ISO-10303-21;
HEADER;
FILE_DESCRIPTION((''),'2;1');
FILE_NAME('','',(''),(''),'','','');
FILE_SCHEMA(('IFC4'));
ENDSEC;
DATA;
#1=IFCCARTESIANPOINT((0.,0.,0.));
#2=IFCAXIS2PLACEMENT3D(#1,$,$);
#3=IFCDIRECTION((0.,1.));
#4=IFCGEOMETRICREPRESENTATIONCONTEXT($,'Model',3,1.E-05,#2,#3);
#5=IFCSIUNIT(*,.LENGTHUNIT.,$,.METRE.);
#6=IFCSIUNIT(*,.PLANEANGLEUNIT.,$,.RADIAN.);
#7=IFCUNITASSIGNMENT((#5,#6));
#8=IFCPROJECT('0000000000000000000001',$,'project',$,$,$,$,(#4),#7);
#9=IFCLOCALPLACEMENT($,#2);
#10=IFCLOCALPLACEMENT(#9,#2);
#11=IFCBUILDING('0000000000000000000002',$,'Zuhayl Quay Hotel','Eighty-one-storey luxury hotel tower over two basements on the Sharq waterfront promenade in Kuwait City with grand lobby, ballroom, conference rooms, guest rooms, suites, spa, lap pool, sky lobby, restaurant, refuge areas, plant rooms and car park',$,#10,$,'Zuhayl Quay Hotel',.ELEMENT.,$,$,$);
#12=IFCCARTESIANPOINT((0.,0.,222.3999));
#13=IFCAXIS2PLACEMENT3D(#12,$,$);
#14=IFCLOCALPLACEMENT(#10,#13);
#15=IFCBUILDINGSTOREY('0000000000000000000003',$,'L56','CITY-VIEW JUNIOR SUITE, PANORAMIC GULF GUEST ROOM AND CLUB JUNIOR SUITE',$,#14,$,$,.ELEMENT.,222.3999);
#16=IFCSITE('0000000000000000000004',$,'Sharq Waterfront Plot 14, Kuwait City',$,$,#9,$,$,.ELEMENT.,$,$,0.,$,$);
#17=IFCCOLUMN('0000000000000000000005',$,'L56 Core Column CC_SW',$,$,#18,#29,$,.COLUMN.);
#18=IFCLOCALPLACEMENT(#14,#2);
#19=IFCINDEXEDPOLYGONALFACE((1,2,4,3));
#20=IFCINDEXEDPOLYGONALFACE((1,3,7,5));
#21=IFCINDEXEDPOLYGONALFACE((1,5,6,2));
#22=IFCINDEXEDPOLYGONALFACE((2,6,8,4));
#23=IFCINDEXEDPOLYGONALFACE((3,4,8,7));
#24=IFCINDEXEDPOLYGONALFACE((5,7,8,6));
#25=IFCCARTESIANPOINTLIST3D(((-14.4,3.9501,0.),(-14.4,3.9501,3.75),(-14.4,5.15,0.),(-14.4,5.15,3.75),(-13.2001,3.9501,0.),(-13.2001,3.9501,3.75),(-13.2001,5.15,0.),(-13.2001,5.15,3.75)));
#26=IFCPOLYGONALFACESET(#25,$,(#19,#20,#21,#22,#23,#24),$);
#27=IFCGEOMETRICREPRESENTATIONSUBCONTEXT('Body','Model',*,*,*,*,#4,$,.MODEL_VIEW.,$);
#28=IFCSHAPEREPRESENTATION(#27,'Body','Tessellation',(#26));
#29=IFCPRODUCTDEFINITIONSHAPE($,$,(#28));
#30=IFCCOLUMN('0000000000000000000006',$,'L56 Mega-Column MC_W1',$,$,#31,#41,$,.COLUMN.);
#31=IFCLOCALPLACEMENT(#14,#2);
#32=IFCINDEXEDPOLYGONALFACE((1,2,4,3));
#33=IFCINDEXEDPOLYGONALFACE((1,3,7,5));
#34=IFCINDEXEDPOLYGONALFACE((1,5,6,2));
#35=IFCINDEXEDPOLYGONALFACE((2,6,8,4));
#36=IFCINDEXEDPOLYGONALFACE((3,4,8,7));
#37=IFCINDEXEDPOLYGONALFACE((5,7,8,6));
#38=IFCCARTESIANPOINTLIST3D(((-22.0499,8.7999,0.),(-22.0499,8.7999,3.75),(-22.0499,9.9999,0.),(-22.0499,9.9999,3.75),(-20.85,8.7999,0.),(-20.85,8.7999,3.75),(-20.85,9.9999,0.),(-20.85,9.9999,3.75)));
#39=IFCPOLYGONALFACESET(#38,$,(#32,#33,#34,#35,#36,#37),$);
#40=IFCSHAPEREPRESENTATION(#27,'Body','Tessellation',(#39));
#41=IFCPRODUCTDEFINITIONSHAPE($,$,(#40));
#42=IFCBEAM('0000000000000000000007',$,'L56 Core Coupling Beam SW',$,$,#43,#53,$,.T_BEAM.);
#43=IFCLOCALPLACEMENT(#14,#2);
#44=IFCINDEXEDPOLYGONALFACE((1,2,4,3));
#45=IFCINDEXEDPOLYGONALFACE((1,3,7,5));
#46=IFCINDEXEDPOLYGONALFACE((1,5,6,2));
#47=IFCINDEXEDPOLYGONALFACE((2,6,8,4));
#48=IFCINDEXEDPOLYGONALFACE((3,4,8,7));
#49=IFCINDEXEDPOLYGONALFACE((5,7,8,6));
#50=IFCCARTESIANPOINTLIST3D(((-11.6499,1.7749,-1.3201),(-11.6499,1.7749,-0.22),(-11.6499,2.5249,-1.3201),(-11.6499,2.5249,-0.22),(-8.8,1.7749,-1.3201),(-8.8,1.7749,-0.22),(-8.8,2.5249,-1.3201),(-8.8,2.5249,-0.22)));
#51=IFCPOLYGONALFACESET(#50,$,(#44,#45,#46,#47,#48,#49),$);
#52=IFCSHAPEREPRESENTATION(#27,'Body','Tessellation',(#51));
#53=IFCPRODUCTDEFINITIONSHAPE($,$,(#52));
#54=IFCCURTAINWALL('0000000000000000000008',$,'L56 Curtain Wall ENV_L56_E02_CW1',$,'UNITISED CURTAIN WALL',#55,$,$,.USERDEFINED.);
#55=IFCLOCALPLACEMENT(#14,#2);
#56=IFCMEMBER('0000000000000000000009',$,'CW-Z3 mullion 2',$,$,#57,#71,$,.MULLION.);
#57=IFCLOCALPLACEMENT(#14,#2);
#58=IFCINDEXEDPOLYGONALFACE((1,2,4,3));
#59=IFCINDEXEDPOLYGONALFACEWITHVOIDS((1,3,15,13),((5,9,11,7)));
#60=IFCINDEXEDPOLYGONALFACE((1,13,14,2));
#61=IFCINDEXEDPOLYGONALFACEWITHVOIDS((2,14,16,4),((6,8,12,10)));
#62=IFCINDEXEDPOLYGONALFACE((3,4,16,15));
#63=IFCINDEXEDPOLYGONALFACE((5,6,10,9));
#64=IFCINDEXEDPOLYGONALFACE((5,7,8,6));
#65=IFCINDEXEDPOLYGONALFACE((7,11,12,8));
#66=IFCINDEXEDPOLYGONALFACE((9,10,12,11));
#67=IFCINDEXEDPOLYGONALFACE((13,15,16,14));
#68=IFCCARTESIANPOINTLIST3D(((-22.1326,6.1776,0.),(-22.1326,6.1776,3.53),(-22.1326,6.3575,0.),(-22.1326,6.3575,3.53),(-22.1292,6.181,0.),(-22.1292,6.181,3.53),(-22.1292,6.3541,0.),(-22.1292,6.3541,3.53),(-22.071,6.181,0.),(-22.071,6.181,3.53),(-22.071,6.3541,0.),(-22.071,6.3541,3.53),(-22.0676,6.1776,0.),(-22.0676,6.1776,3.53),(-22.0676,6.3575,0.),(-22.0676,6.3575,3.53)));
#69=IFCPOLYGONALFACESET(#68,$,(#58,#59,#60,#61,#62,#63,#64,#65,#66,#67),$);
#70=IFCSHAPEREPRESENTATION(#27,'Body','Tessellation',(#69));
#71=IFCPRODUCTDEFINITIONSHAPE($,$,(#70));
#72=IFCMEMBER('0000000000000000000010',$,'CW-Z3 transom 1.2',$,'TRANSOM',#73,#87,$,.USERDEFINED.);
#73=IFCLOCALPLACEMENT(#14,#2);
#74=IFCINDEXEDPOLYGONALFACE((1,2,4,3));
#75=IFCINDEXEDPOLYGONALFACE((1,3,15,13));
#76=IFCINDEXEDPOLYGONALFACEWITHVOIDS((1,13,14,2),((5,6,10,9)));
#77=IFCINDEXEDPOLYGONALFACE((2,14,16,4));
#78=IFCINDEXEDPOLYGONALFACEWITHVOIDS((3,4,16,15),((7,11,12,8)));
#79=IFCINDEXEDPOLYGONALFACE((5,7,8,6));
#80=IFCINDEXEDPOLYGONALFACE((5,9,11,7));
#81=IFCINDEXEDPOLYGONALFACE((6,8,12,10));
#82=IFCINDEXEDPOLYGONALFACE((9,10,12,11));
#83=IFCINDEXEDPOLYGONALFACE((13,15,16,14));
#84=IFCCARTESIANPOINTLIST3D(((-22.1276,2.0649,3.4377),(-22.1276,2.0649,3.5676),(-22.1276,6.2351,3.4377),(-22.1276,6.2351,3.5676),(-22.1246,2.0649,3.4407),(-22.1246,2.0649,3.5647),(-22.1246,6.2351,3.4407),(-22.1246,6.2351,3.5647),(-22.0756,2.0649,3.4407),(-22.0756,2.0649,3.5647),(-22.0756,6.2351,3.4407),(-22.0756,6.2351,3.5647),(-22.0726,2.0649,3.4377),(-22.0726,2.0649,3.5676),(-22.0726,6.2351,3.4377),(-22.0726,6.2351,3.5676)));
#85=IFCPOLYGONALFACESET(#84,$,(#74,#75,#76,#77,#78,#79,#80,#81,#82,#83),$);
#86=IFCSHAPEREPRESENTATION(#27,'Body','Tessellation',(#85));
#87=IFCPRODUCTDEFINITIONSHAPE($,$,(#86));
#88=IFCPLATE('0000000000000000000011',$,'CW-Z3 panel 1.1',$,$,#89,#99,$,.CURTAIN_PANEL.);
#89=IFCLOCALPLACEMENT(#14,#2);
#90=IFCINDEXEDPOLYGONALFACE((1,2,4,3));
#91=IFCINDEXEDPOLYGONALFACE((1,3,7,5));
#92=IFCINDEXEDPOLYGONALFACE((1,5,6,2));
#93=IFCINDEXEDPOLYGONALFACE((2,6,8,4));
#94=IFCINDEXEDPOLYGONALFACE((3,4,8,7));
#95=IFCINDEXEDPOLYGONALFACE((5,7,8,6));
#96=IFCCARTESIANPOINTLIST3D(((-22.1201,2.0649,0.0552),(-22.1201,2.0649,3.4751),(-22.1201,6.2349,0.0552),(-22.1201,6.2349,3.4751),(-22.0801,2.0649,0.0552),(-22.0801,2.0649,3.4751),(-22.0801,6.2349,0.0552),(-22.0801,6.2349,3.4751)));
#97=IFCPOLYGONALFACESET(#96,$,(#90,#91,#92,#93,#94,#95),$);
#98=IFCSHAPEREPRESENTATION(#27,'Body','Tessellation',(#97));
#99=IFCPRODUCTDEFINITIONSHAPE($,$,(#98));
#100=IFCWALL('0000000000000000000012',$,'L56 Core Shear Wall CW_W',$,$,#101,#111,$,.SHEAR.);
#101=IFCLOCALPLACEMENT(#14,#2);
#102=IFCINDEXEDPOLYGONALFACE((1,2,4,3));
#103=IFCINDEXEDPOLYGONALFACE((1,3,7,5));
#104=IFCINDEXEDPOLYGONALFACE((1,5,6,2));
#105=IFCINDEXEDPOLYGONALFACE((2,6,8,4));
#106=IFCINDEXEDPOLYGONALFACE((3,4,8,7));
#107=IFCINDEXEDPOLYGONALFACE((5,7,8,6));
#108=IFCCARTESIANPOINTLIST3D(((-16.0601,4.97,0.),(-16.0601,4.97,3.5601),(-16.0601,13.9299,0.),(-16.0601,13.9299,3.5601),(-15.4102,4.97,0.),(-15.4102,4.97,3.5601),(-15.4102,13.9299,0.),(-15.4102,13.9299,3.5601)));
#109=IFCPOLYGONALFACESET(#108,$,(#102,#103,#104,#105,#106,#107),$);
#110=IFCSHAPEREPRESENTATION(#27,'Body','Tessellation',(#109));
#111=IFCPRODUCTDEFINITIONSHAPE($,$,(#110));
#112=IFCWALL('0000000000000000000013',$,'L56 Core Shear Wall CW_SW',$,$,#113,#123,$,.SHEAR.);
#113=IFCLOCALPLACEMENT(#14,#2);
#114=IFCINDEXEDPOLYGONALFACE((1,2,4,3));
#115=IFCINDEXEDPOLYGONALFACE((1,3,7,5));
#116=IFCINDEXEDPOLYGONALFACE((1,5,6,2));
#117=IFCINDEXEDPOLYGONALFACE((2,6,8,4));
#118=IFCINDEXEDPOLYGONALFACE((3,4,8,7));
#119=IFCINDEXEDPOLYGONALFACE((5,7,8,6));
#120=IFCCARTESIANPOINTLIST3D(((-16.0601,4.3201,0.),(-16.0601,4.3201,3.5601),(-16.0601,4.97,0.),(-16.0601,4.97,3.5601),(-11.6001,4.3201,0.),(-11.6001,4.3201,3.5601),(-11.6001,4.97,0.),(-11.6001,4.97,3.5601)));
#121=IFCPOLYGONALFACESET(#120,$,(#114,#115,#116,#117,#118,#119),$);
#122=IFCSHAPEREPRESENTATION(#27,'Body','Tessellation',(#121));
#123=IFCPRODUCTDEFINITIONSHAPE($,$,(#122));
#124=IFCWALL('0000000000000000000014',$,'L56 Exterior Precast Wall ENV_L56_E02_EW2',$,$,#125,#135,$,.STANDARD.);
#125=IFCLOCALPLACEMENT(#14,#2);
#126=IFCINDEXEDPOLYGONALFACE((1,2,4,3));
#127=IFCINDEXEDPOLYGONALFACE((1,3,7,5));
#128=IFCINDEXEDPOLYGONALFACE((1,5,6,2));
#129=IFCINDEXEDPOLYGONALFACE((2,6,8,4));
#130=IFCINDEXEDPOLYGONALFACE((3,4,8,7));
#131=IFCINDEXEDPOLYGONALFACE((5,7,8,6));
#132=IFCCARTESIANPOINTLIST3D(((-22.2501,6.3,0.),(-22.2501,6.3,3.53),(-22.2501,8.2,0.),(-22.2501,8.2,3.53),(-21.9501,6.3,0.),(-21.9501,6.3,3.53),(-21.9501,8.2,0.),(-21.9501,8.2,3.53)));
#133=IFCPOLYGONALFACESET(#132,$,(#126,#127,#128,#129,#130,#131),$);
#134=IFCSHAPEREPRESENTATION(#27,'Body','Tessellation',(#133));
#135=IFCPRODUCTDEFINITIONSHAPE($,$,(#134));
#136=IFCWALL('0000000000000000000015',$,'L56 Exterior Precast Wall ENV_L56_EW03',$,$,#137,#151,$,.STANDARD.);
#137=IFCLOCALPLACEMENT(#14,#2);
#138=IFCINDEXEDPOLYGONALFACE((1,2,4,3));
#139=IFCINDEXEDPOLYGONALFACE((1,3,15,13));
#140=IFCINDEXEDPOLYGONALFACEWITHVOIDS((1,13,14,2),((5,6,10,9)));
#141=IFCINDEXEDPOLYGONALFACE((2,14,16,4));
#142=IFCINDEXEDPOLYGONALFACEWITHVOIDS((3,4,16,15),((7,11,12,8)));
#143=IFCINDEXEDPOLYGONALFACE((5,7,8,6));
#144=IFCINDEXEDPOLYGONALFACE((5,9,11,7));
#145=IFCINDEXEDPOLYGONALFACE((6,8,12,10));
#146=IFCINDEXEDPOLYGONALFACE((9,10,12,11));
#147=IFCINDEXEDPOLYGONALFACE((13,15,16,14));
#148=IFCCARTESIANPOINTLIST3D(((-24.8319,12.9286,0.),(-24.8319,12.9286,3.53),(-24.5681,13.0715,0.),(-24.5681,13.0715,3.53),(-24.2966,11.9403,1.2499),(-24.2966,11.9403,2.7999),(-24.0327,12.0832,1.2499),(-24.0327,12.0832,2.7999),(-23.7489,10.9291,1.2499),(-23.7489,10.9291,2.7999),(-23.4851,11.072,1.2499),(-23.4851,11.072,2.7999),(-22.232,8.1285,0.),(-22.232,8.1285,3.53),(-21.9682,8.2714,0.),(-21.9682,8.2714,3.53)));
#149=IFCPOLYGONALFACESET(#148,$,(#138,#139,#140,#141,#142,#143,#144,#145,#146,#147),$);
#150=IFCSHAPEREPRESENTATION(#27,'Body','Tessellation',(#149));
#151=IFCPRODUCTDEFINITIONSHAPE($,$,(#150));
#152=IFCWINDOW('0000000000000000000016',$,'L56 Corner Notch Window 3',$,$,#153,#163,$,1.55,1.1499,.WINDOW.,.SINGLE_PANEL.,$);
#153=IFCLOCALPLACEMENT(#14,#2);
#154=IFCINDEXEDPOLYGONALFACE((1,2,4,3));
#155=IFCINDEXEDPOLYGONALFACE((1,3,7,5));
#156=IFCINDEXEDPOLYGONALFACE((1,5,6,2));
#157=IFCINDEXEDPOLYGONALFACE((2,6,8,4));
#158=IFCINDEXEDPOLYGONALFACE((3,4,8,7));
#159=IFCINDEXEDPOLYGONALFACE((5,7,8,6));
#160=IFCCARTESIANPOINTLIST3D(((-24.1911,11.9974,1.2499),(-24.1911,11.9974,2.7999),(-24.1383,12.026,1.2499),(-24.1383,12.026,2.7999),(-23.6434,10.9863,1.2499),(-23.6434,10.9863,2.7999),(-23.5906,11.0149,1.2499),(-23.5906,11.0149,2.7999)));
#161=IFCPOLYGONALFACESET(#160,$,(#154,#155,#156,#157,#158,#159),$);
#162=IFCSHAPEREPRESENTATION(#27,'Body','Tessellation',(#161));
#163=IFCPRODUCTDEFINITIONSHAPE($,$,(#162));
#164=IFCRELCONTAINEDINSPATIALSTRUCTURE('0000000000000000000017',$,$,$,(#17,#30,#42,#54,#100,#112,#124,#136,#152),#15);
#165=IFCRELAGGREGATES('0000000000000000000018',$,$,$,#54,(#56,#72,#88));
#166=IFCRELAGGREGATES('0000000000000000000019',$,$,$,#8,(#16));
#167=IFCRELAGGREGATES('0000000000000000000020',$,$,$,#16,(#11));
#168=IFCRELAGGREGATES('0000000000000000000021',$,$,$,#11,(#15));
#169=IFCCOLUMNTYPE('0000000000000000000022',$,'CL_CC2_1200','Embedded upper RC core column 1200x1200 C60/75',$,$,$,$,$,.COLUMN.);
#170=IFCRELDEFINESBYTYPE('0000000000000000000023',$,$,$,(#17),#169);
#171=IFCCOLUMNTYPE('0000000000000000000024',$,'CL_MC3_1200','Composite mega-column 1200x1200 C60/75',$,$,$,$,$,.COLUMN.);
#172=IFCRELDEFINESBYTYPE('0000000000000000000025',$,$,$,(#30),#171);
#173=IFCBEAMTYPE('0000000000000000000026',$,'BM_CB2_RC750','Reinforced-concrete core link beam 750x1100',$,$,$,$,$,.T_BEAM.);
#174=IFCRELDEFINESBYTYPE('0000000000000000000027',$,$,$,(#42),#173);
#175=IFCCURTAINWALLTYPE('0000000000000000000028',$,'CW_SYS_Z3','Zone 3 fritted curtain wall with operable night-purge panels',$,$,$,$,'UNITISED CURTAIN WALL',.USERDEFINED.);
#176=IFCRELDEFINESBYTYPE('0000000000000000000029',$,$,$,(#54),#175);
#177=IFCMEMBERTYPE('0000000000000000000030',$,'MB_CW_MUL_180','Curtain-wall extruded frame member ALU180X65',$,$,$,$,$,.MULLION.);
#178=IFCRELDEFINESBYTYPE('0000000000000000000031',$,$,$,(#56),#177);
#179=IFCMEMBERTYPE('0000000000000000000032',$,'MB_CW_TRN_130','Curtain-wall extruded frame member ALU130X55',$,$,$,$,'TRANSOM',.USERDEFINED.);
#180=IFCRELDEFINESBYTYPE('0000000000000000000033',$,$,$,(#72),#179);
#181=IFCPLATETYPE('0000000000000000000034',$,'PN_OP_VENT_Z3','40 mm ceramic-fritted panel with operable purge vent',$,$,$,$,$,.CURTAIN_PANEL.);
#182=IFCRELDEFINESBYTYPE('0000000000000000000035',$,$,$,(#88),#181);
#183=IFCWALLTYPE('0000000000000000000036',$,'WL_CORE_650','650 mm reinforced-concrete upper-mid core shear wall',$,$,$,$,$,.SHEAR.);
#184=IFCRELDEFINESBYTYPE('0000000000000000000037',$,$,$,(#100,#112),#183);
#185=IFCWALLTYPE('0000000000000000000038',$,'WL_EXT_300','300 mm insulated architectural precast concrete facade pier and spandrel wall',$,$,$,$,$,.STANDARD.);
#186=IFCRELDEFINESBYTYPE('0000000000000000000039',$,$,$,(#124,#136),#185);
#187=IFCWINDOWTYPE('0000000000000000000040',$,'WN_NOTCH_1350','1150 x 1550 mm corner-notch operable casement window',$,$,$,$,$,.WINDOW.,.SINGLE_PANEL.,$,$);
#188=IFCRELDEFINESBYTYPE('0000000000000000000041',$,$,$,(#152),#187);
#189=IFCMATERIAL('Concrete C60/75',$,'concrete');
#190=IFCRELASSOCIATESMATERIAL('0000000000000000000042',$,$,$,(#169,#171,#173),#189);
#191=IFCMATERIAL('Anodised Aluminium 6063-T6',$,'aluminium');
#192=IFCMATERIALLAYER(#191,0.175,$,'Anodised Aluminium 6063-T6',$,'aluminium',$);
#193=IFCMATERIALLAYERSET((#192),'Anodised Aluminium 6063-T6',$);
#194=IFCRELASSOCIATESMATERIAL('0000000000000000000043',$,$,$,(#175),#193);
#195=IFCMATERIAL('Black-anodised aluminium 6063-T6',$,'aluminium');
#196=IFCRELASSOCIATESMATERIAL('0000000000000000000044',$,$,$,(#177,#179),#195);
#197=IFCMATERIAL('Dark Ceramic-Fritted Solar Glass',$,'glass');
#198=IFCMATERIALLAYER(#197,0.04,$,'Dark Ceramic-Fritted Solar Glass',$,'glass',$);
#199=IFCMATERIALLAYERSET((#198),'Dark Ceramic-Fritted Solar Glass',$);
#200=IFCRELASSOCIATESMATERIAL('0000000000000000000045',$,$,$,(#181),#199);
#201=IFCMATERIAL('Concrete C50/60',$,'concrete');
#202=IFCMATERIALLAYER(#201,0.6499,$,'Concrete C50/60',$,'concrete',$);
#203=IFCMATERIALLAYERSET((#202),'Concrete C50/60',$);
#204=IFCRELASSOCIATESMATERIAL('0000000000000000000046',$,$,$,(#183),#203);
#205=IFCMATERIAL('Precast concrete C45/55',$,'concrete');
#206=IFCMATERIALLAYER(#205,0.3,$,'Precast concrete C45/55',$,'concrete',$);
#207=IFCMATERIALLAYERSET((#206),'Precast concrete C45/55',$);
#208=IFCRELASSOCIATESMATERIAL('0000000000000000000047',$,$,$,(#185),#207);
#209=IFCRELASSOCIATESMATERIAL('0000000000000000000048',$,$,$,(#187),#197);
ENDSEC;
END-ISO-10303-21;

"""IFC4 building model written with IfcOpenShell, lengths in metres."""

from ifc_helpers import new_model, si_unit, direction, frame, frame_2d, origin, origin_2d, place, context, subcontext, project, spatial, rectangle, hollow_rectangle, extrude, material, layer, layer_set, material_profile, profile_set, type_object, element, fill, aggregate, save


model = new_model("IFC4")

# Units and contexts
model_context = context("Model", 3, precision=1e-05, world=origin(), true_north=direction((0.0, 1.0)))
body_context = subcontext(model_context, "Body", "Model", "MODEL_VIEW")
ifc_project = project(units=[si_unit("LENGTHUNIT", "METRE"), si_unit("PLANEANGLEUNIT", "RADIAN")], contexts=[model_context])

# Site, building, storey
site_placement = place(None, origin())
site = spatial("IfcSite", under=ifc_project, at=site_placement, Name="Sharq Waterfront Plot 14, Kuwait City", CompositionType="ELEMENT", RefElevation=0.0)
building_placement = place(site_placement, origin())
building = spatial("IfcBuilding", under=site, at=building_placement, Name="Zuhayl Quay Hotel", Description="Eighty-one-storey luxury hotel tower over two basements on the Sharq waterfront promenade in Kuwait City with grand lobby, ballroom, conference rooms, guest rooms, suites, spa, lap pool, sky lobby, restaurant, refuge areas, plant rooms and car park", LongName="Zuhayl Quay Hotel", CompositionType="ELEMENT")
storey_placement = place(building_placement, frame((0.0, 0.0, 222.3999)))
storey = spatial("IfcBuildingStorey", under=building, at=storey_placement, Name="L56", Description="CITY-VIEW JUNIOR SUITE, PANORAMIC GULF GUEST ROOM AND CLUB JUNIOR SUITE", CompositionType="ELEMENT", Elevation=222.3999)

# Columns
ifc_material_1 = material(Name="Concrete C60/75", Category="concrete")
ifc_material_profile_1 = material_profile(ifc_material_1, rectangle(XDim=1.2, YDim=1.2, at=origin_2d()), Name="RC1200X1200")
ifc_profile_set_1 = profile_set([ifc_material_profile_1], Name="Concrete C60/75")
column_type_1 = type_object("IfcColumnType", Name="CL_CC2_1200", Description="Embedded upper RC core column 1200x1200 C60/75", PredefinedType="COLUMN", material=ifc_profile_set_1)
column_1_placement = place(storey_placement, frame((-13.8, 4.55, 0.0), z_axis=(0.0, 0.0, 1.0), x_axis=(1.0, 0.0, 0.0)))
element("IfcColumn", 1, at=column_1_placement, inside=storey, type_object=column_type_1, Name="L56 Core Column CC_SW", PredefinedType="COLUMN", context=body_context, shape_type="SweptSolid", body=[
    extrude(rectangle(XDim=1.2, YDim=1.2, at=origin_2d()), origin(), (0.0, 0.0, 1.0), 3.75),
])
ifc_material_profile_2 = material_profile(ifc_material_1, rectangle(XDim=1.2, YDim=1.2, at=origin_2d()), Name="RC1200X1200")
ifc_profile_set_2 = profile_set([ifc_material_profile_2], Name="Concrete C60/75")
column_type_2 = type_object("IfcColumnType", Name="CL_MC3_1200", Description="Composite mega-column 1200x1200 C60/75", PredefinedType="COLUMN", material=ifc_profile_set_2)
column_2_placement = place(storey_placement, frame((-21.45, 9.3999, 0.0), z_axis=(0.0, 0.0, 1.0), x_axis=(1.0, 0.0, 0.0)))
element("IfcColumn", 2, at=column_2_placement, inside=storey, type_object=column_type_2, Name="L56 Mega-Column MC_W1", PredefinedType="COLUMN", context=body_context, shape_type="SweptSolid", body=[
    extrude(rectangle(XDim=1.2, YDim=1.2, at=origin_2d()), origin(), (0.0, 0.0, 1.0), 3.75),
])

# Beam
ifc_material_profile_3 = material_profile(ifc_material_1, rectangle(XDim=0.75, YDim=1.1001, at=origin_2d()), Name="RC750X1100")
ifc_profile_set_3 = profile_set([ifc_material_profile_3], Name="Concrete C60/75")
beam_type = type_object("IfcBeamType", Name="BM_CB2_RC750", Description="Reinforced-concrete core link beam 750x1100", PredefinedType="T_BEAM", material=ifc_profile_set_3)
beam_placement = place(storey_placement, frame((-11.6499, 2.1499, -0.77), z_axis=(1.0, 0.0, 0.0), x_axis=(0.0, 1.0, 0.0)))
element("IfcBeam", 3, at=beam_placement, inside=storey, type_object=beam_type, Name="L56 Core Coupling Beam SW", PredefinedType="T_BEAM", context=body_context, shape_type="SweptSolid", body=[
    extrude(rectangle(XDim=0.75, YDim=1.1001, at=origin_2d()), origin(), (0.0, 0.0, 1.0), 2.8499),
])

# Curtain wall, members, plate
ifc_material_2 = material(Name="Anodised Aluminium 6063-T6", Category="aluminium")
ifc_layer_1 = layer(ifc_material_2, 0.175, Name="Anodised Aluminium 6063-T6", Category="aluminium")
ifc_layer_set_1 = layer_set([ifc_layer_1], Name="Anodised Aluminium 6063-T6")
curtain_wall_type = type_object("IfcCurtainWallType", Name="CW_SYS_Z3", Description="Zone 3 fritted curtain wall with operable night-purge panels", ElementType="UNITISED CURTAIN WALL", PredefinedType="USERDEFINED", material=ifc_layer_set_1)
curtain_wall_placement = place(storey_placement, origin())
curtain_wall = element("IfcCurtainWall", 4, at=curtain_wall_placement, inside=storey, type_object=curtain_wall_type, Name="L56 Curtain Wall ENV_L56_E02_CW1", ObjectType="UNITISED CURTAIN WALL", PredefinedType="USERDEFINED")
ifc_material_3 = material(Name="Black-anodised aluminium 6063-T6", Category="aluminium")
ifc_material_profile_4 = material_profile(ifc_material_3, hollow_rectangle(XDim=0.0649, YDim=0.1799, WallThickness=0.0034, at=origin_2d()), Name="ALU180X65")
ifc_profile_set_4 = profile_set([ifc_material_profile_4], Name="Black-anodised aluminium 6063-T6")
member_type_1 = type_object("IfcMemberType", Name="MB_CW_MUL_180", Description="Curtain-wall extruded frame member ALU180X65", PredefinedType="MULLION", material=ifc_profile_set_4)
member_1_placement = place(storey_placement, frame((-22.1001, 6.2676, 0.0), z_axis=(0.0, 0.0, 1.0), x_axis=(-1.0, 0.0, 0.0)))
member_1 = element("IfcMember", 5, at=member_1_placement, type_object=member_type_1, Name="CW-Z3 mullion 2", PredefinedType="MULLION", context=body_context, shape_type="SweptSolid", body=[
    extrude(hollow_rectangle(XDim=0.0649, YDim=0.1799, WallThickness=0.0034, at=origin_2d()), origin(), (0.0, 0.0, 1.0), 3.53),
])
ifc_material_profile_5 = material_profile(ifc_material_3, hollow_rectangle(XDim=0.0549, YDim=0.1299, WallThickness=0.0029, at=origin_2d()), Name="ALU130X55")
ifc_profile_set_5 = profile_set([ifc_material_profile_5], Name="Black-anodised aluminium 6063-T6")
member_type_2 = type_object("IfcMemberType", Name="MB_CW_TRN_130", Description="Curtain-wall extruded frame member ALU130X55", ElementType="TRANSOM", PredefinedType="USERDEFINED", material=ifc_profile_set_5)
member_2_placement = place(storey_placement, frame((-22.1001, 2.0649, 3.5027), z_axis=(0.0, 1.0, 0.0), x_axis=(-1.0, 0.0, 0.0)))
member_2 = element("IfcMember", 6, at=member_2_placement, type_object=member_type_2, Name="CW-Z3 transom 1.2", ObjectType="TRANSOM", PredefinedType="USERDEFINED", context=body_context, shape_type="SweptSolid", body=[
    extrude(hollow_rectangle(XDim=0.0549, YDim=0.1299, WallThickness=0.0029, at=origin_2d()), origin(), (0.0, 0.0, 1.0), 4.1702),
])
ifc_material_4 = material(Name="Dark Ceramic-Fritted Solar Glass", Category="glass")
ifc_layer_2 = layer(ifc_material_4, 0.04, Name="Dark Ceramic-Fritted Solar Glass", Category="glass")
ifc_layer_set_2 = layer_set([ifc_layer_2], Name="Dark Ceramic-Fritted Solar Glass")
plate_type = type_object("IfcPlateType", Name="PN_OP_VENT_Z3", Description="40 mm ceramic-fritted panel with operable purge vent", PredefinedType="CURTAIN_PANEL", material=ifc_layer_set_2)
plate_placement = place(storey_placement, frame((-22.1001, 4.1499, 0.0552), z_axis=(0.0, 0.0, 1.0), x_axis=(0.0, 1.0, 0.0)))
plate = element("IfcPlate", 7, at=plate_placement, type_object=plate_type, Name="CW-Z3 panel 1.1", PredefinedType="CURTAIN_PANEL", context=body_context, shape_type="SweptSolid", body=[
    extrude(rectangle(XDim=4.1699, YDim=0.04, at=origin_2d()), origin(), (0.0, 0.0, 1.0), 3.4199),
])
aggregate(curtain_wall, [member_1, member_2, plate])

# Walls
ifc_material_5 = material(Name="Concrete C50/60", Category="concrete")
ifc_layer_3 = layer(ifc_material_5, 0.6499, Name="Concrete C50/60", Category="concrete")
ifc_layer_set_3 = layer_set([ifc_layer_3], Name="Concrete C50/60")
wall_type_1 = type_object("IfcWallType", Name="WL_CORE_650", Description="650 mm reinforced-concrete upper-mid core shear wall", PredefinedType="SHEAR", material=ifc_layer_set_3)
wall_1_placement = place(storey_placement, frame((-15.7351, 4.97, 0.0), z_axis=(0.0, 0.0, 1.0), x_axis=(0.0, 1.0, 0.0)))
element("IfcWall", 8, at=wall_1_placement, inside=storey, type_object=wall_type_1, Name="L56 Core Shear Wall CW_W", PredefinedType="SHEAR", context=body_context, shape_type="SweptSolid", body=[
    extrude(rectangle(XDim=8.96, YDim=0.6499, at=frame_2d((4.48, 0.0))), origin(), (0.0, 0.0, 1.0), 3.5601),
])
wall_2_placement = place(storey_placement, frame((-16.0601, 4.645, 0.0), z_axis=(0.0, 0.0, 1.0), x_axis=(1.0, 0.0, 0.0)))
element("IfcWall", 9, at=wall_2_placement, inside=storey, type_object=wall_type_1, Name="L56 Core Shear Wall CW_SW", PredefinedType="SHEAR", context=body_context, shape_type="SweptSolid", body=[
    extrude(rectangle(XDim=4.46, YDim=0.6499, at=frame_2d((2.23, 0.0))), origin(), (0.0, 0.0, 1.0), 3.5601),
])
ifc_material_6 = material(Name="Precast concrete C45/55", Category="concrete")
ifc_layer_4 = layer(ifc_material_6, 0.3, Name="Precast concrete C45/55", Category="concrete")
ifc_layer_set_4 = layer_set([ifc_layer_4], Name="Precast concrete C45/55")
wall_type_2 = type_object("IfcWallType", Name="WL_EXT_300", Description="300 mm insulated architectural precast concrete facade pier and spandrel wall", PredefinedType="STANDARD", material=ifc_layer_set_4)
wall_3_placement = place(storey_placement, frame((-22.1001, 6.3, 0.0), z_axis=(0.0, 0.0, 1.0), x_axis=(0.0, 1.0, 0.0)))
element("IfcWall", 10, at=wall_3_placement, inside=storey, type_object=wall_type_2, Name="L56 Exterior Precast Wall ENV_L56_E02_EW2", PredefinedType="STANDARD", context=body_context, shape_type="SweptSolid", body=[
    extrude(rectangle(XDim=1.8999, YDim=0.3, at=frame_2d((0.95, 0.0))), origin(), (0.0, 0.0, 1.0), 3.53),
])

# Wall, opening, window
wall_4_placement = place(storey_placement, frame((-22.1001, 8.2, 0.0), z_axis=(0.0, 0.0, 1.0), x_axis=(-0.476259, 0.879305, 0.0)))
wall_4 = element("IfcWall", 11, at=wall_4_placement, inside=storey, type_object=wall_type_2, Name="L56 Exterior Precast Wall ENV_L56_EW03", PredefinedType="STANDARD", context=body_context, shape_type="SweptSolid", body=[
    extrude(rectangle(XDim=5.459, YDim=0.3, at=frame_2d((2.7295, 0.0))), origin(), (0.0, 0.0, 1.0), 3.53),
])
opening_1_placement = place(wall_4_placement, frame((3.1851, 0.0, 1.25)))
opening_1 = element("IfcOpeningElement", 12, at=opening_1_placement, cuts=wall_4, PredefinedType="OPENING", context=body_context, shape_type="SweptSolid", body=[
    extrude(rectangle(XDim=1.1499, YDim=1.55, at=frame_2d((0.575, 0.7749))), frame((0.0, 0.1599, 0.0), z_axis=(0.0, -1.0, 0.0), x_axis=(1.0, 0.0, 0.0)), (0.0, 0.0, 1.0), 0.3201),
])
window_type = type_object("IfcWindowType", Name="WN_NOTCH_1350", Description="1150 x 1550 mm corner-notch operable casement window", PartitioningType="SINGLE_PANEL", PredefinedType="WINDOW", material=ifc_material_4)
window_placement = place(opening_1_placement, origin())
window = element("IfcWindow", 13, at=window_placement, inside=storey, type_object=window_type, Name="L56 Corner Notch Window 3", OverallHeight=1.55, OverallWidth=1.1499, PartitioningType="SINGLE_PANEL", PredefinedType="WINDOW", context=body_context, shape_type="SweptSolid", body=[
    extrude(rectangle(XDim=1.1499, YDim=1.55, at=frame_2d((0.575, 0.7749))), frame((0.0, 0.03, 0.0), z_axis=(0.0, -1.0, 0.0), x_axis=(1.0, 0.0, 0.0)), (0.0, 0.0, 1.0), 0.0601),
])
fill(opening_1, window)

save(model, "model.ifc")
